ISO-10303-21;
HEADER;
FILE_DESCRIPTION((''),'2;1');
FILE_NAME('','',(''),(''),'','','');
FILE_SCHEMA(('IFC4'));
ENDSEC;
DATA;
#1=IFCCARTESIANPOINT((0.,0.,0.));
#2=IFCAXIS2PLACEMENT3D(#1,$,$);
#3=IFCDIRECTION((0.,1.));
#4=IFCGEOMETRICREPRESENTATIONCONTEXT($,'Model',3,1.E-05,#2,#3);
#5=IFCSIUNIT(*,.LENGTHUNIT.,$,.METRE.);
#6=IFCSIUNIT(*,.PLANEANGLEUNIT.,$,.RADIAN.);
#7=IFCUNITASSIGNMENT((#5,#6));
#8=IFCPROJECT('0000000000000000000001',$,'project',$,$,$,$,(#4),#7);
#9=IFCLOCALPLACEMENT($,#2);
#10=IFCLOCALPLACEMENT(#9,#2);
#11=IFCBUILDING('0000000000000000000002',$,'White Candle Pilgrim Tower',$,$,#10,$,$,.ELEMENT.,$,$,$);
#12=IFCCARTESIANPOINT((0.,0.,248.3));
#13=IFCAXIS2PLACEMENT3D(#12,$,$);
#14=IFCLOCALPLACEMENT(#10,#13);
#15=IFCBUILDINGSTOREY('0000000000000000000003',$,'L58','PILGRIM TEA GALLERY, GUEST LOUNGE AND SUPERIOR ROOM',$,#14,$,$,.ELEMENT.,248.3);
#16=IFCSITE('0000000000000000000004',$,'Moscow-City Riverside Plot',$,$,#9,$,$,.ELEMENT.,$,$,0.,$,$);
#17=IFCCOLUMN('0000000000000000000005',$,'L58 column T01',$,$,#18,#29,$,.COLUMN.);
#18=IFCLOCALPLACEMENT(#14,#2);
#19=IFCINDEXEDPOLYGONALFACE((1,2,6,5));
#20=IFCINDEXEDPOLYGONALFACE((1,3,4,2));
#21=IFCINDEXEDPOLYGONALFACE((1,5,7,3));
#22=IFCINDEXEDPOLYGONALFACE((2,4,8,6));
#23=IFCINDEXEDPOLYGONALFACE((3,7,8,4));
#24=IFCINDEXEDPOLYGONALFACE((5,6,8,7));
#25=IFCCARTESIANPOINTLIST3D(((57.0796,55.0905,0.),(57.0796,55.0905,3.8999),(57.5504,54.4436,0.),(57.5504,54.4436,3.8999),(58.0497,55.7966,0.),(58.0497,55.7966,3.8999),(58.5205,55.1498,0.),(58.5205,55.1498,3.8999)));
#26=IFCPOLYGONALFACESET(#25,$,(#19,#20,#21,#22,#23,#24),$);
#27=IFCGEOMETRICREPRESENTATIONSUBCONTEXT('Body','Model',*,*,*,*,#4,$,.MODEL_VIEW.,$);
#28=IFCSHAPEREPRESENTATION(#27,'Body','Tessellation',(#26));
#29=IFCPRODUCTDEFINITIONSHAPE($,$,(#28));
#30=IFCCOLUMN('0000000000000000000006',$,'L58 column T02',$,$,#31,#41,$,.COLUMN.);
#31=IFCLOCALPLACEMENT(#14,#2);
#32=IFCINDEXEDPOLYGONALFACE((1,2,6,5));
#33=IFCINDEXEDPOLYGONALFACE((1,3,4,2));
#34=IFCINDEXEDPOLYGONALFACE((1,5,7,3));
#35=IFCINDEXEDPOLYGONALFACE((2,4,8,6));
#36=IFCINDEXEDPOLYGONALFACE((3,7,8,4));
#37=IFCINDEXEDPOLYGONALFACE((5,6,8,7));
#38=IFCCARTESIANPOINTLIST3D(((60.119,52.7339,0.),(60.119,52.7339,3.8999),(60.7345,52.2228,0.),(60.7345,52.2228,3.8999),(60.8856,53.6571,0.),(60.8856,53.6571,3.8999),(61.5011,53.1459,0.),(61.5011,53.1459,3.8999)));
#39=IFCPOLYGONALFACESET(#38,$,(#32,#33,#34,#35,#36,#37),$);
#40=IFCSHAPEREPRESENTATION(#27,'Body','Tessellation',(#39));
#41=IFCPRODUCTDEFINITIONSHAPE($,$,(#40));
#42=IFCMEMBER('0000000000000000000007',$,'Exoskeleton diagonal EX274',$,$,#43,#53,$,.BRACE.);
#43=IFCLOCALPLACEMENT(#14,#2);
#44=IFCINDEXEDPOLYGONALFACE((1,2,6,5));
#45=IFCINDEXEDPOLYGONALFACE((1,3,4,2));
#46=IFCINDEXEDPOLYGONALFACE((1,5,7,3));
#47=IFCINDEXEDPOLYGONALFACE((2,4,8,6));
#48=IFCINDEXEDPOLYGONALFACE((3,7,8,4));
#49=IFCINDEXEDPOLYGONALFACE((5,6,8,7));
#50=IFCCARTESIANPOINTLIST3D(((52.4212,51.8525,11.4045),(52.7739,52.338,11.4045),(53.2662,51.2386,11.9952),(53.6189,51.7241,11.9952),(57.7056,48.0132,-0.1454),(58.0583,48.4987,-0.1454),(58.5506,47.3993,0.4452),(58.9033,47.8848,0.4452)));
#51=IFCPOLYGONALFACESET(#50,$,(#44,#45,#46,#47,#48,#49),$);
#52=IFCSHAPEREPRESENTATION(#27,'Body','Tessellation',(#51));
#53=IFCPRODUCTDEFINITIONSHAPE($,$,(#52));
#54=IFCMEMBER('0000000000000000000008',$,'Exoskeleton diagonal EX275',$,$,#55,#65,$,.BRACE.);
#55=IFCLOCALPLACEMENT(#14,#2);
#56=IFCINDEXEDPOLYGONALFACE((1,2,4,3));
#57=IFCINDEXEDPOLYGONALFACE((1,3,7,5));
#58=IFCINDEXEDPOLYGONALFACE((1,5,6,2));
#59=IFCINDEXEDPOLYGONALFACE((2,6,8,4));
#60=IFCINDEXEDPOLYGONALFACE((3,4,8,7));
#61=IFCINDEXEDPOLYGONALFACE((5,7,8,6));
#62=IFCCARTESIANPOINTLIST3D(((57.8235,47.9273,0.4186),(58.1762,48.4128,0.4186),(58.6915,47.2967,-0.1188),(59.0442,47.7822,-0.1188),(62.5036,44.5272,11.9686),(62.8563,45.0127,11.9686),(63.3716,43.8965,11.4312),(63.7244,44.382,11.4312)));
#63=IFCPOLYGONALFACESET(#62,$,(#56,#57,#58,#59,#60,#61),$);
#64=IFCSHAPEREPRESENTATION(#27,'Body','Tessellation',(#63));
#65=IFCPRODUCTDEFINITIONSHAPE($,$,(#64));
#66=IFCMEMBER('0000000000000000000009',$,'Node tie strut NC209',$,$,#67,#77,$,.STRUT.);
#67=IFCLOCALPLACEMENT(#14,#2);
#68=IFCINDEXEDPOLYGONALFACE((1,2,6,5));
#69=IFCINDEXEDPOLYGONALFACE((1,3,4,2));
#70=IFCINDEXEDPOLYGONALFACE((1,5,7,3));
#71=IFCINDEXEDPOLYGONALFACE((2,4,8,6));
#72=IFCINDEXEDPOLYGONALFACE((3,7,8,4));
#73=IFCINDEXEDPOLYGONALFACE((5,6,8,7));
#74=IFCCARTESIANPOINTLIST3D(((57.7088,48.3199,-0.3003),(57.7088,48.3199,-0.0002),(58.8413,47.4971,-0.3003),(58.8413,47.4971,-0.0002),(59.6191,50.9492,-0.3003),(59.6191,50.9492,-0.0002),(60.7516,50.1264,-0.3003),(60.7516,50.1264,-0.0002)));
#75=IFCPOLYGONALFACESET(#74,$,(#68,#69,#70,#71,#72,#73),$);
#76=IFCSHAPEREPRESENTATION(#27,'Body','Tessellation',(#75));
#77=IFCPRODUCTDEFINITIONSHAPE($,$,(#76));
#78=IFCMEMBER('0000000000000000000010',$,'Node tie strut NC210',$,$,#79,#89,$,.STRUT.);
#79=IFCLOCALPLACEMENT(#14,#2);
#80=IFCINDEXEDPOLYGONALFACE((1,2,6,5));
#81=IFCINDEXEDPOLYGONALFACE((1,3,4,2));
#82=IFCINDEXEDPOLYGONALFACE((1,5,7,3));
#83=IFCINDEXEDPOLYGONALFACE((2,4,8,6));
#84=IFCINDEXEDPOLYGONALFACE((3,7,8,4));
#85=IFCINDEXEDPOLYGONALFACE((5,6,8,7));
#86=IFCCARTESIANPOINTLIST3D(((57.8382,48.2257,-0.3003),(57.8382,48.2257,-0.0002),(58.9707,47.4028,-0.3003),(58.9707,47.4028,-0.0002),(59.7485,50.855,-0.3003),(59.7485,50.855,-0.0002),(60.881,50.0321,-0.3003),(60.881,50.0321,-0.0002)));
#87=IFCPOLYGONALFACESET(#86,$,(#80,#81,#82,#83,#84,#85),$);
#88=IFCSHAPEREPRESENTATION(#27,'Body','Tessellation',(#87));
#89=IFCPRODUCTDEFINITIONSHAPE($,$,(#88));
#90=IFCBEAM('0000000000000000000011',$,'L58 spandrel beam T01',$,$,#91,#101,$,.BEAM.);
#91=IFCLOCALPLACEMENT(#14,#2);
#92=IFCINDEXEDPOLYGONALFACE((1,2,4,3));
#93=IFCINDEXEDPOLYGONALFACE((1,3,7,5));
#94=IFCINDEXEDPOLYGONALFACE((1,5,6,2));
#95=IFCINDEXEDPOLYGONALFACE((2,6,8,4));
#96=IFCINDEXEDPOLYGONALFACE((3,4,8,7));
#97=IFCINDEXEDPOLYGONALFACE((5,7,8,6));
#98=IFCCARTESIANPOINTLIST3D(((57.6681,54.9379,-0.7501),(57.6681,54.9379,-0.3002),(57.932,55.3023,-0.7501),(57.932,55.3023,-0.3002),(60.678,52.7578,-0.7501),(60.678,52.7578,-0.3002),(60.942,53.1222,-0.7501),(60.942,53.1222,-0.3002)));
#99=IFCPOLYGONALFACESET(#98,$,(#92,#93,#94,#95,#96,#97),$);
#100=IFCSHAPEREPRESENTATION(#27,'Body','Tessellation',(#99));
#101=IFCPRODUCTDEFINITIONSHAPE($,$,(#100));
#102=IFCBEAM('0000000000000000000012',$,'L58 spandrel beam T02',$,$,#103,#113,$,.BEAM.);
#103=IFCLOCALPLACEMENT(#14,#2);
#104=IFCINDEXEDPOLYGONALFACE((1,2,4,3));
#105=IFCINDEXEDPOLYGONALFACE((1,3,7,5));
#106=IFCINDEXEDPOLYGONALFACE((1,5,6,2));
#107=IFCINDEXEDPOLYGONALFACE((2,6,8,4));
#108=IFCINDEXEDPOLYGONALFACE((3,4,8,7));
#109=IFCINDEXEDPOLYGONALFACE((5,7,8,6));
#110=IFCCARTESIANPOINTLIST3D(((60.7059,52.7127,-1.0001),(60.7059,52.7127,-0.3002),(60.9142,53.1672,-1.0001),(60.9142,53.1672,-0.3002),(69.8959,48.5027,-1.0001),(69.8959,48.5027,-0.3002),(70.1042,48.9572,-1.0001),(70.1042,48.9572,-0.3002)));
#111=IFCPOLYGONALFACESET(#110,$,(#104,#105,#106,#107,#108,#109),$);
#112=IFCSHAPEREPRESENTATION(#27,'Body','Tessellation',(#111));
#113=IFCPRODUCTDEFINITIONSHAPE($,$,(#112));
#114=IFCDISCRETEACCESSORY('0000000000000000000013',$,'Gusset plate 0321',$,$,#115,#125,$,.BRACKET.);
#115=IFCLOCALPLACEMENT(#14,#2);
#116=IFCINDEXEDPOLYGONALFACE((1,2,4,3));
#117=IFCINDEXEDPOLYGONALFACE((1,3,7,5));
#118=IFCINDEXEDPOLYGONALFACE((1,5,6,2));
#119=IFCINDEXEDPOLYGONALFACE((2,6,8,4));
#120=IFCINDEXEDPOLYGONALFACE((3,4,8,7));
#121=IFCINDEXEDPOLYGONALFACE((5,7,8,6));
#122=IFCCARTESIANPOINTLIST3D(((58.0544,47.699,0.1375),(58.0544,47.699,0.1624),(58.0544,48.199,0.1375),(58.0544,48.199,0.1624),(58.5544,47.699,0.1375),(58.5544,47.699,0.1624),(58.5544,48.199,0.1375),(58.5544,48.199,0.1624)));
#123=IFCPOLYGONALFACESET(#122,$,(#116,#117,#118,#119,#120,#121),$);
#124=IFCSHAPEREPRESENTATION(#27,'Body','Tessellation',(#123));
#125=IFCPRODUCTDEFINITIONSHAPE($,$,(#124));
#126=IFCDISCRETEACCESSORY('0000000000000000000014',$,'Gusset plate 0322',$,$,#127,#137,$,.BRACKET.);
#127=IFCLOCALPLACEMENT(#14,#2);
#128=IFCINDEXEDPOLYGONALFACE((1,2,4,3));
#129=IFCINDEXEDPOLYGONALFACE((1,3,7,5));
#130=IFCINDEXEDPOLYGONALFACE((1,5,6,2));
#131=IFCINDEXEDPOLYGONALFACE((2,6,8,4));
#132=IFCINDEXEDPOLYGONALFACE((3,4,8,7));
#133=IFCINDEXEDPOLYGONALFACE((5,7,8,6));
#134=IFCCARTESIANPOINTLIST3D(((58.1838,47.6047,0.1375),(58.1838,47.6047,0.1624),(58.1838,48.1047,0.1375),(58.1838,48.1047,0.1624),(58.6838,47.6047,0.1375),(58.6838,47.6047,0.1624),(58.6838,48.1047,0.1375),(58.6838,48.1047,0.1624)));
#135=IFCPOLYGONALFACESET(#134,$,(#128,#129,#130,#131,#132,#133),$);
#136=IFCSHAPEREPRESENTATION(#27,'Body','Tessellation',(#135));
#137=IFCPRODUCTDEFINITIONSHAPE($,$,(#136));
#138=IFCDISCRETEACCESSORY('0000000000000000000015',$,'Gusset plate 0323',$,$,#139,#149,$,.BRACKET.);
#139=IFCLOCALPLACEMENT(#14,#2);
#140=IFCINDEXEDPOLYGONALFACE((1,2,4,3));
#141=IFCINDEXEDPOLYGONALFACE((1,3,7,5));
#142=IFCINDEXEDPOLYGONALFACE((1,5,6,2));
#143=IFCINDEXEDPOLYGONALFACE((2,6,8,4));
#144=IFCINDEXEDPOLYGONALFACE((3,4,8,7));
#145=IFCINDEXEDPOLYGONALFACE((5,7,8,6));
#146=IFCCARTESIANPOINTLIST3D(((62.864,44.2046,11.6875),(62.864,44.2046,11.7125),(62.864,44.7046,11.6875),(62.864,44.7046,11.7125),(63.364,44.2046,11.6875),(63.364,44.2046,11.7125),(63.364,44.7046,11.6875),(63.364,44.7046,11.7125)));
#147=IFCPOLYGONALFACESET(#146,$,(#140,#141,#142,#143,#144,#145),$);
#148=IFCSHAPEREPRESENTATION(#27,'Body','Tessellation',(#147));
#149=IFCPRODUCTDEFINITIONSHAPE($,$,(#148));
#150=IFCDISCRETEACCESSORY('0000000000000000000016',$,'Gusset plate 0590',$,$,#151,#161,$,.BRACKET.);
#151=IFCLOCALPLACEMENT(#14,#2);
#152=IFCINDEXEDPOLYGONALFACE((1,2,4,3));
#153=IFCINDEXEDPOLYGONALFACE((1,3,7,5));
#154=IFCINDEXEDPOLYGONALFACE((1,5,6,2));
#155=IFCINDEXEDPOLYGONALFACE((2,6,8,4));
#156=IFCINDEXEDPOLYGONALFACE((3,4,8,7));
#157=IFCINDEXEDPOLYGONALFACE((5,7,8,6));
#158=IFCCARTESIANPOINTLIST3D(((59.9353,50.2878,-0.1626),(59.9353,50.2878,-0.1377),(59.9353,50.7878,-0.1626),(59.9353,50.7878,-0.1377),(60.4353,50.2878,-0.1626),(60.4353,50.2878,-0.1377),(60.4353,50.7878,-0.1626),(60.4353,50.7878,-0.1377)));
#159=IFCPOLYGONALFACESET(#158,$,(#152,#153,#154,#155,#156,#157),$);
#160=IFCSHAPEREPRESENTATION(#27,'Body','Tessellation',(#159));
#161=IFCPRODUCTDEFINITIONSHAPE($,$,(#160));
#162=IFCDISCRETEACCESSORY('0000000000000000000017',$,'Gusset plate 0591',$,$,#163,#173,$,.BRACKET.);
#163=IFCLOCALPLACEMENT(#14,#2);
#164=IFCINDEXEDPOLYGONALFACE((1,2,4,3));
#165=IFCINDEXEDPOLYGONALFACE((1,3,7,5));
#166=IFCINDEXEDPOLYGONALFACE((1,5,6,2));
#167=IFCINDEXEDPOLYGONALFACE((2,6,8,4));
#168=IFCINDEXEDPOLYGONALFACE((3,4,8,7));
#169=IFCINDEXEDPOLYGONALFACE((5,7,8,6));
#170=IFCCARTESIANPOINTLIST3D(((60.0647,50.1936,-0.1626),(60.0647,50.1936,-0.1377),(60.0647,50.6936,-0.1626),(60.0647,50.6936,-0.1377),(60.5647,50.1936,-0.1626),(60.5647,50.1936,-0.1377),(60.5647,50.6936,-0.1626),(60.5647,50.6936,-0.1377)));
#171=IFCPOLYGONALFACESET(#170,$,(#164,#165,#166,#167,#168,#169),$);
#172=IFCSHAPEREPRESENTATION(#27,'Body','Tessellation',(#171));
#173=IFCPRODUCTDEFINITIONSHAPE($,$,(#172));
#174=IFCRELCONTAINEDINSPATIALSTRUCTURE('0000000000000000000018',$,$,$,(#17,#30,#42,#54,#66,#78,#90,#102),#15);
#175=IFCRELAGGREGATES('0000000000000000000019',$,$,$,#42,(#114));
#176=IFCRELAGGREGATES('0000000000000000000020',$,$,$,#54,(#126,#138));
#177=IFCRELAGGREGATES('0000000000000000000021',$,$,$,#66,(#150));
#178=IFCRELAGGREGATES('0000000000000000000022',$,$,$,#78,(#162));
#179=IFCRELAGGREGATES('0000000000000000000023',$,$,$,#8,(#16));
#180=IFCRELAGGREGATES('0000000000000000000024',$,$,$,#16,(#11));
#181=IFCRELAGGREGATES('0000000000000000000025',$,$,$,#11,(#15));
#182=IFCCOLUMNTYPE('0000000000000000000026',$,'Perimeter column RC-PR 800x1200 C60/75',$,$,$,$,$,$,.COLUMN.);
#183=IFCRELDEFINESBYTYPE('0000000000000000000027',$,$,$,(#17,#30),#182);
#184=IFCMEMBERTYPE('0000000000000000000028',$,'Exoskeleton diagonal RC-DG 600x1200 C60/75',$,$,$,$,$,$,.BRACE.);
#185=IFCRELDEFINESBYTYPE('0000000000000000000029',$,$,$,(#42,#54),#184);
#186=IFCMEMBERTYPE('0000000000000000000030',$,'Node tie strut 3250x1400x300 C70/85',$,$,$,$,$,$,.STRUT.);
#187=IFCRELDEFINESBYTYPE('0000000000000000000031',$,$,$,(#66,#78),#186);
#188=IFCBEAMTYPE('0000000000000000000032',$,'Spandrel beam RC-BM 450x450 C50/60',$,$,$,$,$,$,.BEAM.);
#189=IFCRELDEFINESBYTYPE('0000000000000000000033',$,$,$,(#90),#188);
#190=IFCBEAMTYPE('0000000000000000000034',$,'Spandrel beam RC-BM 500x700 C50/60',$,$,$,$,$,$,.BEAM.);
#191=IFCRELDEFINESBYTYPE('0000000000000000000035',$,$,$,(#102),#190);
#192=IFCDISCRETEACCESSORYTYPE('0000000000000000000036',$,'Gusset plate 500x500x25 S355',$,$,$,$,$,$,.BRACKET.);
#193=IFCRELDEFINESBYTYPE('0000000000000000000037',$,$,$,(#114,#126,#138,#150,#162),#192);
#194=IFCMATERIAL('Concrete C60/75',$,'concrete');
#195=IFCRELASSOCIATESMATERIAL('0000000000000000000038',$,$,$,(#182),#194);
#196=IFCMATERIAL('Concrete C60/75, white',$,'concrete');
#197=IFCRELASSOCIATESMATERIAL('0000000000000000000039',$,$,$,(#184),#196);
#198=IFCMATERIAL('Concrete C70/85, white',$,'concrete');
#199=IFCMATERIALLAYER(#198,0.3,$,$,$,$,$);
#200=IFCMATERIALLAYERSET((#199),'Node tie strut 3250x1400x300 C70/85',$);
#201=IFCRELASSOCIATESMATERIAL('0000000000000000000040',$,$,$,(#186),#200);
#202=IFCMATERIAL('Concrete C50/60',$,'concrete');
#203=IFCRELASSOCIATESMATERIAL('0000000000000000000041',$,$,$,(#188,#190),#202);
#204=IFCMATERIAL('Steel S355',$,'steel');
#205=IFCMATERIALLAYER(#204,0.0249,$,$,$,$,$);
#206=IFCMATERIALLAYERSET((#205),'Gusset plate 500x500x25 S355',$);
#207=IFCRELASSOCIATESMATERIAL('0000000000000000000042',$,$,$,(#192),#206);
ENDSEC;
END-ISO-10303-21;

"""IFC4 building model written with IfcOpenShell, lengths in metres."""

from ifc_helpers import new_model, si_unit, direction, frame, origin, origin_2d, place, context, subcontext, project, spatial, rectangle, extrude, material, layer, layer_set, material_profile, profile_set, type_object, element, aggregate, save


model = new_model("IFC4")

# Units and contexts
model_context = context("Model", 3, precision=1e-05, world=origin(), true_north=direction((0.0, 1.0)))
body_context = subcontext(model_context, "Body", "Model", "MODEL_VIEW")
ifc_project = project(units=[si_unit("LENGTHUNIT", "METRE"), si_unit("PLANEANGLEUNIT", "RADIAN")], contexts=[model_context])

# Site, building, storey
site_placement = place(None, origin())
site = spatial("IfcSite", under=ifc_project, at=site_placement, Name="Moscow-City Riverside Plot", CompositionType="ELEMENT", RefElevation=0.0)
building_placement = place(site_placement, origin())
building = spatial("IfcBuilding", under=site, at=building_placement, Name="White Candle Pilgrim Tower", CompositionType="ELEMENT")
storey_placement = place(building_placement, frame((0.0, 0.0, 248.3)))
storey = spatial("IfcBuildingStorey", under=building, at=storey_placement, Name="L58", Description="PILGRIM TEA GALLERY, GUEST LOUNGE AND SUPERIOR ROOM", CompositionType="ELEMENT", Elevation=248.3)

# Columns
ifc_material_1 = material(Name="Concrete C60/75", Category="concrete")
ifc_material_profile_1 = material_profile(ifc_material_1, rectangle(XDim=0.8, YDim=1.2, at=origin_2d()), Name="RC-PR 800x1200")
ifc_profile_set_1 = profile_set([ifc_material_profile_1], Name="Concrete C60/75")
column_type = type_object("IfcColumnType", Name="Perimeter column RC-PR 800x1200 C60/75", PredefinedType="COLUMN", material=ifc_profile_set_1)
for number, where, z_axis, x_axis, name in (
    (1, (57.8, 55.1201, 0.0), (0.0, 0.0, 1.0), (-0.588463, 0.808524, 0.0), "L58 column T01"),
    (2, (60.8101, 52.9399, 0.0), (0.0, 0.0, 1.0), (-0.76931, 0.638875, 0.0), "L58 column T02"),
):
    element("IfcColumn", number, at=place(storey_placement, frame(where, z_axis=z_axis, x_axis=x_axis)), inside=storey, type_object=column_type, Name=name, PredefinedType="COLUMN", context=body_context, shape_type="SweptSolid", body=[
        extrude(rectangle(XDim=0.8, YDim=1.2, at=origin_2d()), origin(), (0.0, 0.0, 1.0), 3.8999),
    ])

# Members
ifc_material_2 = material(Name="Concrete C60/75, white", Category="concrete")
ifc_material_profile_2 = material_profile(ifc_material_2, rectangle(XDim=0.6001, YDim=1.2, at=origin_2d()), Name="RC-DG 600x1200")
ifc_profile_set_2 = profile_set([ifc_material_profile_2], Name="Concrete C60/75, white")
member_type_1 = type_object("IfcMemberType", Name="Exoskeleton diagonal RC-DG 600x1200 C60/75", PredefinedType="BRACE", material=ifc_profile_set_2)
member_1_placement = place(storey_placement, frame((58.3044, 47.949, 0.1499), z_axis=(-0.39825, 0.289345, 0.870446), x_axis=(-0.587785, -0.809017, 0.0)))
member_1 = element("IfcMember", 3, at=member_1_placement, inside=storey, type_object=member_type_1, Name="Exoskeleton diagonal EX274", PredefinedType="BRACE", context=body_context, shape_type="SweptSolid", body=[
    extrude(rectangle(XDim=0.6001, YDim=1.2, at=origin_2d()), origin(), (0.0, 0.0, 1.0), 13.269),
])
member_2_placement = place(storey_placement, frame((58.4338, 47.8547, 0.1499), z_axis=(0.362305, -0.263215, 0.894121), x_axis=(0.587763, 0.809033, 0.0)))
member_2 = element("IfcMember", 4, at=member_2_placement, inside=storey, type_object=member_type_1, Name="Exoskeleton diagonal EX275", PredefinedType="BRACE", context=body_context, shape_type="SweptSolid", body=[
    extrude(rectangle(XDim=0.6001, YDim=1.2, at=origin_2d()), origin(), (0.0, 0.0, 1.0), 12.9177),
])
ifc_material_3 = material(Name="Concrete C70/85, white", Category="concrete")
ifc_layer_1 = layer(ifc_material_3, 0.3)
ifc_layer_set_1 = layer_set([ifc_layer_1], Name="Node tie strut 3250x1400x300 C70/85")
member_type_2 = type_object("IfcMemberType", Name="Node tie strut 3250x1400x300 C70/85", PredefinedType="STRUT", material=ifc_layer_set_1)
member_3_placement = place(storey_placement, frame((59.2302, 49.2231, -0.3003), z_axis=(0.0, 0.0, 1.0), x_axis=(0.809017, -0.587785, 0.0)))
member_3 = element("IfcMember", 5, at=member_3_placement, inside=storey, type_object=member_type_2, Name="Node tie strut NC209", PredefinedType="STRUT", context=body_context, shape_type="SweptSolid", body=[
    extrude(rectangle(XDim=1.3999, YDim=3.25, at=origin_2d()), origin(), (0.0, 0.0, 1.0), 0.3),
])
member_4_placement = place(storey_placement, frame((59.3596, 49.1289, -0.3003), z_axis=(0.0, 0.0, 1.0), x_axis=(0.809017, -0.587785, 0.0)))
member_4 = element("IfcMember", 6, at=member_4_placement, inside=storey, type_object=member_type_2, Name="Node tie strut NC210", PredefinedType="STRUT", context=body_context, shape_type="SweptSolid", body=[
    extrude(rectangle(XDim=1.3999, YDim=3.25, at=origin_2d()), origin(), (0.0, 0.0, 1.0), 0.3),
])

# Beams
ifc_material_4 = material(Name="Concrete C50/60", Category="concrete")
ifc_material_profile_3 = material_profile(ifc_material_4, rectangle(XDim=0.45, YDim=0.45, at=origin_2d()), Name="RC-BM 450x450")
ifc_profile_set_3 = profile_set([ifc_material_profile_3], Name="Concrete C50/60")
beam_type_1 = type_object("IfcBeamType", Name="Spandrel beam RC-BM 450x450 C50/60", PredefinedType="BEAM", material=ifc_profile_set_3)
beam_1_placement = place(storey_placement, frame((57.8, 55.1201, -0.5251), z_axis=(0.809876, -0.5866, 0.0), x_axis=(0.5866, 0.809876, 0.0)))
element("IfcBeam", 7, at=beam_1_placement, inside=storey, type_object=beam_type_1, Name="L58 spandrel beam T01", PredefinedType="BEAM", context=body_context, shape_type="SweptSolid", body=[
    extrude(rectangle(XDim=0.45, YDim=0.45, at=origin_2d()), origin(), (0.0, 0.0, 1.0), 3.7166),
])
ifc_material_profile_4 = material_profile(ifc_material_4, rectangle(XDim=0.5, YDim=0.7, at=origin_2d()), Name="RC-BM 500x700")
ifc_profile_set_4 = profile_set([ifc_material_profile_4], Name="Concrete C50/60")
beam_type_2 = type_object("IfcBeamType", Name="Spandrel beam RC-BM 500x700 C50/60", PredefinedType="BEAM", material=ifc_profile_set_4)
beam_2_placement = place(storey_placement, frame((60.8101, 52.9399, -0.6501), z_axis=(0.909143, -0.416483, 0.0), x_axis=(0.416483, 0.909143, 0.0)))
element("IfcBeam", 8, at=beam_2_placement, inside=storey, type_object=beam_type_2, Name="L58 spandrel beam T02", PredefinedType="BEAM", context=body_context, shape_type="SweptSolid", body=[
    extrude(rectangle(XDim=0.5, YDim=0.7, at=origin_2d()), origin(), (0.0, 0.0, 1.0), 10.1084),
])

# Discrete accessories
ifc_material_5 = material(Name="Steel S355", Category="steel")
ifc_layer_2 = layer(ifc_material_5, 0.0249)
ifc_layer_set_2 = layer_set([ifc_layer_2], Name="Gusset plate 500x500x25 S355")
discrete_accessory_type = type_object("IfcDiscreteAccessoryType", Name="Gusset plate 500x500x25 S355", PredefinedType="BRACKET", material=ifc_layer_set_2)
discrete_accessory_1_placement = place(storey_placement, frame((58.3044, 47.949, 0.1375), z_axis=(0.0, 0.0, 1.0), x_axis=(1.0, 0.0, 0.0)))
discrete_accessory_1 = element("IfcDiscreteAccessory", 9, at=discrete_accessory_1_placement, type_object=discrete_accessory_type, Name="Gusset plate 0321", PredefinedType="BRACKET", context=body_context, shape_type="SweptSolid", body=[
    extrude(rectangle(XDim=0.5, YDim=0.5, at=origin_2d()), origin(), (0.0, 0.0, 1.0), 0.0249),
])
aggregate(member_1, [discrete_accessory_1])
discrete_accessory_2_placement = place(storey_placement, frame((58.4338, 47.8547, 0.1375), z_axis=(0.0, 0.0, 1.0), x_axis=(1.0, 0.0, 0.0)))
discrete_accessory_2 = element("IfcDiscreteAccessory", 10, at=discrete_accessory_2_placement, type_object=discrete_accessory_type, Name="Gusset plate 0322", PredefinedType="BRACKET", context=body_context, shape_type="SweptSolid", body=[
    extrude(rectangle(XDim=0.5, YDim=0.5, at=origin_2d()), origin(), (0.0, 0.0, 1.0), 0.0249),
])
placement = place(building_placement, frame((0.0, 0.0, 260.0)))
discrete_accessory_3_placement = place(placement, frame((63.114, 44.4546, -0.0125), z_axis=(0.0, 0.0, 1.0), x_axis=(1.0, 0.0, 0.0)))
discrete_accessory_3 = element("IfcDiscreteAccessory", 11, at=discrete_accessory_3_placement, type_object=discrete_accessory_type, Name="Gusset plate 0323", PredefinedType="BRACKET", context=body_context, shape_type="SweptSolid", body=[
    extrude(rectangle(XDim=0.5, YDim=0.5, at=origin_2d()), origin(), (0.0, 0.0, 1.0), 0.0249),
])
aggregate(member_2, [discrete_accessory_2, discrete_accessory_3])
discrete_accessory_4_placement = place(storey_placement, frame((60.1853, 50.5378, -0.1626), z_axis=(0.0, 0.0, 1.0), x_axis=(1.0, 0.0, 0.0)))
discrete_accessory_4 = element("IfcDiscreteAccessory", 12, at=discrete_accessory_4_placement, type_object=discrete_accessory_type, Name="Gusset plate 0590", PredefinedType="BRACKET", context=body_context, shape_type="SweptSolid", body=[
    extrude(rectangle(XDim=0.5, YDim=0.5, at=origin_2d()), origin(), (0.0, 0.0, 1.0), 0.0249),
])
aggregate(member_3, [discrete_accessory_4])
discrete_accessory_5_placement = place(storey_placement, frame((60.3147, 50.4436, -0.1626), z_axis=(0.0, 0.0, 1.0), x_axis=(1.0, 0.0, 0.0)))
discrete_accessory_5 = element("IfcDiscreteAccessory", 13, at=discrete_accessory_5_placement, type_object=discrete_accessory_type, Name="Gusset plate 0591", PredefinedType="BRACKET", context=body_context, shape_type="SweptSolid", body=[
    extrude(rectangle(XDim=0.5, YDim=0.5, at=origin_2d()), origin(), (0.0, 0.0, 1.0), 0.0249),
])
aggregate(member_4, [discrete_accessory_5])

save(model, "model.ifc")
